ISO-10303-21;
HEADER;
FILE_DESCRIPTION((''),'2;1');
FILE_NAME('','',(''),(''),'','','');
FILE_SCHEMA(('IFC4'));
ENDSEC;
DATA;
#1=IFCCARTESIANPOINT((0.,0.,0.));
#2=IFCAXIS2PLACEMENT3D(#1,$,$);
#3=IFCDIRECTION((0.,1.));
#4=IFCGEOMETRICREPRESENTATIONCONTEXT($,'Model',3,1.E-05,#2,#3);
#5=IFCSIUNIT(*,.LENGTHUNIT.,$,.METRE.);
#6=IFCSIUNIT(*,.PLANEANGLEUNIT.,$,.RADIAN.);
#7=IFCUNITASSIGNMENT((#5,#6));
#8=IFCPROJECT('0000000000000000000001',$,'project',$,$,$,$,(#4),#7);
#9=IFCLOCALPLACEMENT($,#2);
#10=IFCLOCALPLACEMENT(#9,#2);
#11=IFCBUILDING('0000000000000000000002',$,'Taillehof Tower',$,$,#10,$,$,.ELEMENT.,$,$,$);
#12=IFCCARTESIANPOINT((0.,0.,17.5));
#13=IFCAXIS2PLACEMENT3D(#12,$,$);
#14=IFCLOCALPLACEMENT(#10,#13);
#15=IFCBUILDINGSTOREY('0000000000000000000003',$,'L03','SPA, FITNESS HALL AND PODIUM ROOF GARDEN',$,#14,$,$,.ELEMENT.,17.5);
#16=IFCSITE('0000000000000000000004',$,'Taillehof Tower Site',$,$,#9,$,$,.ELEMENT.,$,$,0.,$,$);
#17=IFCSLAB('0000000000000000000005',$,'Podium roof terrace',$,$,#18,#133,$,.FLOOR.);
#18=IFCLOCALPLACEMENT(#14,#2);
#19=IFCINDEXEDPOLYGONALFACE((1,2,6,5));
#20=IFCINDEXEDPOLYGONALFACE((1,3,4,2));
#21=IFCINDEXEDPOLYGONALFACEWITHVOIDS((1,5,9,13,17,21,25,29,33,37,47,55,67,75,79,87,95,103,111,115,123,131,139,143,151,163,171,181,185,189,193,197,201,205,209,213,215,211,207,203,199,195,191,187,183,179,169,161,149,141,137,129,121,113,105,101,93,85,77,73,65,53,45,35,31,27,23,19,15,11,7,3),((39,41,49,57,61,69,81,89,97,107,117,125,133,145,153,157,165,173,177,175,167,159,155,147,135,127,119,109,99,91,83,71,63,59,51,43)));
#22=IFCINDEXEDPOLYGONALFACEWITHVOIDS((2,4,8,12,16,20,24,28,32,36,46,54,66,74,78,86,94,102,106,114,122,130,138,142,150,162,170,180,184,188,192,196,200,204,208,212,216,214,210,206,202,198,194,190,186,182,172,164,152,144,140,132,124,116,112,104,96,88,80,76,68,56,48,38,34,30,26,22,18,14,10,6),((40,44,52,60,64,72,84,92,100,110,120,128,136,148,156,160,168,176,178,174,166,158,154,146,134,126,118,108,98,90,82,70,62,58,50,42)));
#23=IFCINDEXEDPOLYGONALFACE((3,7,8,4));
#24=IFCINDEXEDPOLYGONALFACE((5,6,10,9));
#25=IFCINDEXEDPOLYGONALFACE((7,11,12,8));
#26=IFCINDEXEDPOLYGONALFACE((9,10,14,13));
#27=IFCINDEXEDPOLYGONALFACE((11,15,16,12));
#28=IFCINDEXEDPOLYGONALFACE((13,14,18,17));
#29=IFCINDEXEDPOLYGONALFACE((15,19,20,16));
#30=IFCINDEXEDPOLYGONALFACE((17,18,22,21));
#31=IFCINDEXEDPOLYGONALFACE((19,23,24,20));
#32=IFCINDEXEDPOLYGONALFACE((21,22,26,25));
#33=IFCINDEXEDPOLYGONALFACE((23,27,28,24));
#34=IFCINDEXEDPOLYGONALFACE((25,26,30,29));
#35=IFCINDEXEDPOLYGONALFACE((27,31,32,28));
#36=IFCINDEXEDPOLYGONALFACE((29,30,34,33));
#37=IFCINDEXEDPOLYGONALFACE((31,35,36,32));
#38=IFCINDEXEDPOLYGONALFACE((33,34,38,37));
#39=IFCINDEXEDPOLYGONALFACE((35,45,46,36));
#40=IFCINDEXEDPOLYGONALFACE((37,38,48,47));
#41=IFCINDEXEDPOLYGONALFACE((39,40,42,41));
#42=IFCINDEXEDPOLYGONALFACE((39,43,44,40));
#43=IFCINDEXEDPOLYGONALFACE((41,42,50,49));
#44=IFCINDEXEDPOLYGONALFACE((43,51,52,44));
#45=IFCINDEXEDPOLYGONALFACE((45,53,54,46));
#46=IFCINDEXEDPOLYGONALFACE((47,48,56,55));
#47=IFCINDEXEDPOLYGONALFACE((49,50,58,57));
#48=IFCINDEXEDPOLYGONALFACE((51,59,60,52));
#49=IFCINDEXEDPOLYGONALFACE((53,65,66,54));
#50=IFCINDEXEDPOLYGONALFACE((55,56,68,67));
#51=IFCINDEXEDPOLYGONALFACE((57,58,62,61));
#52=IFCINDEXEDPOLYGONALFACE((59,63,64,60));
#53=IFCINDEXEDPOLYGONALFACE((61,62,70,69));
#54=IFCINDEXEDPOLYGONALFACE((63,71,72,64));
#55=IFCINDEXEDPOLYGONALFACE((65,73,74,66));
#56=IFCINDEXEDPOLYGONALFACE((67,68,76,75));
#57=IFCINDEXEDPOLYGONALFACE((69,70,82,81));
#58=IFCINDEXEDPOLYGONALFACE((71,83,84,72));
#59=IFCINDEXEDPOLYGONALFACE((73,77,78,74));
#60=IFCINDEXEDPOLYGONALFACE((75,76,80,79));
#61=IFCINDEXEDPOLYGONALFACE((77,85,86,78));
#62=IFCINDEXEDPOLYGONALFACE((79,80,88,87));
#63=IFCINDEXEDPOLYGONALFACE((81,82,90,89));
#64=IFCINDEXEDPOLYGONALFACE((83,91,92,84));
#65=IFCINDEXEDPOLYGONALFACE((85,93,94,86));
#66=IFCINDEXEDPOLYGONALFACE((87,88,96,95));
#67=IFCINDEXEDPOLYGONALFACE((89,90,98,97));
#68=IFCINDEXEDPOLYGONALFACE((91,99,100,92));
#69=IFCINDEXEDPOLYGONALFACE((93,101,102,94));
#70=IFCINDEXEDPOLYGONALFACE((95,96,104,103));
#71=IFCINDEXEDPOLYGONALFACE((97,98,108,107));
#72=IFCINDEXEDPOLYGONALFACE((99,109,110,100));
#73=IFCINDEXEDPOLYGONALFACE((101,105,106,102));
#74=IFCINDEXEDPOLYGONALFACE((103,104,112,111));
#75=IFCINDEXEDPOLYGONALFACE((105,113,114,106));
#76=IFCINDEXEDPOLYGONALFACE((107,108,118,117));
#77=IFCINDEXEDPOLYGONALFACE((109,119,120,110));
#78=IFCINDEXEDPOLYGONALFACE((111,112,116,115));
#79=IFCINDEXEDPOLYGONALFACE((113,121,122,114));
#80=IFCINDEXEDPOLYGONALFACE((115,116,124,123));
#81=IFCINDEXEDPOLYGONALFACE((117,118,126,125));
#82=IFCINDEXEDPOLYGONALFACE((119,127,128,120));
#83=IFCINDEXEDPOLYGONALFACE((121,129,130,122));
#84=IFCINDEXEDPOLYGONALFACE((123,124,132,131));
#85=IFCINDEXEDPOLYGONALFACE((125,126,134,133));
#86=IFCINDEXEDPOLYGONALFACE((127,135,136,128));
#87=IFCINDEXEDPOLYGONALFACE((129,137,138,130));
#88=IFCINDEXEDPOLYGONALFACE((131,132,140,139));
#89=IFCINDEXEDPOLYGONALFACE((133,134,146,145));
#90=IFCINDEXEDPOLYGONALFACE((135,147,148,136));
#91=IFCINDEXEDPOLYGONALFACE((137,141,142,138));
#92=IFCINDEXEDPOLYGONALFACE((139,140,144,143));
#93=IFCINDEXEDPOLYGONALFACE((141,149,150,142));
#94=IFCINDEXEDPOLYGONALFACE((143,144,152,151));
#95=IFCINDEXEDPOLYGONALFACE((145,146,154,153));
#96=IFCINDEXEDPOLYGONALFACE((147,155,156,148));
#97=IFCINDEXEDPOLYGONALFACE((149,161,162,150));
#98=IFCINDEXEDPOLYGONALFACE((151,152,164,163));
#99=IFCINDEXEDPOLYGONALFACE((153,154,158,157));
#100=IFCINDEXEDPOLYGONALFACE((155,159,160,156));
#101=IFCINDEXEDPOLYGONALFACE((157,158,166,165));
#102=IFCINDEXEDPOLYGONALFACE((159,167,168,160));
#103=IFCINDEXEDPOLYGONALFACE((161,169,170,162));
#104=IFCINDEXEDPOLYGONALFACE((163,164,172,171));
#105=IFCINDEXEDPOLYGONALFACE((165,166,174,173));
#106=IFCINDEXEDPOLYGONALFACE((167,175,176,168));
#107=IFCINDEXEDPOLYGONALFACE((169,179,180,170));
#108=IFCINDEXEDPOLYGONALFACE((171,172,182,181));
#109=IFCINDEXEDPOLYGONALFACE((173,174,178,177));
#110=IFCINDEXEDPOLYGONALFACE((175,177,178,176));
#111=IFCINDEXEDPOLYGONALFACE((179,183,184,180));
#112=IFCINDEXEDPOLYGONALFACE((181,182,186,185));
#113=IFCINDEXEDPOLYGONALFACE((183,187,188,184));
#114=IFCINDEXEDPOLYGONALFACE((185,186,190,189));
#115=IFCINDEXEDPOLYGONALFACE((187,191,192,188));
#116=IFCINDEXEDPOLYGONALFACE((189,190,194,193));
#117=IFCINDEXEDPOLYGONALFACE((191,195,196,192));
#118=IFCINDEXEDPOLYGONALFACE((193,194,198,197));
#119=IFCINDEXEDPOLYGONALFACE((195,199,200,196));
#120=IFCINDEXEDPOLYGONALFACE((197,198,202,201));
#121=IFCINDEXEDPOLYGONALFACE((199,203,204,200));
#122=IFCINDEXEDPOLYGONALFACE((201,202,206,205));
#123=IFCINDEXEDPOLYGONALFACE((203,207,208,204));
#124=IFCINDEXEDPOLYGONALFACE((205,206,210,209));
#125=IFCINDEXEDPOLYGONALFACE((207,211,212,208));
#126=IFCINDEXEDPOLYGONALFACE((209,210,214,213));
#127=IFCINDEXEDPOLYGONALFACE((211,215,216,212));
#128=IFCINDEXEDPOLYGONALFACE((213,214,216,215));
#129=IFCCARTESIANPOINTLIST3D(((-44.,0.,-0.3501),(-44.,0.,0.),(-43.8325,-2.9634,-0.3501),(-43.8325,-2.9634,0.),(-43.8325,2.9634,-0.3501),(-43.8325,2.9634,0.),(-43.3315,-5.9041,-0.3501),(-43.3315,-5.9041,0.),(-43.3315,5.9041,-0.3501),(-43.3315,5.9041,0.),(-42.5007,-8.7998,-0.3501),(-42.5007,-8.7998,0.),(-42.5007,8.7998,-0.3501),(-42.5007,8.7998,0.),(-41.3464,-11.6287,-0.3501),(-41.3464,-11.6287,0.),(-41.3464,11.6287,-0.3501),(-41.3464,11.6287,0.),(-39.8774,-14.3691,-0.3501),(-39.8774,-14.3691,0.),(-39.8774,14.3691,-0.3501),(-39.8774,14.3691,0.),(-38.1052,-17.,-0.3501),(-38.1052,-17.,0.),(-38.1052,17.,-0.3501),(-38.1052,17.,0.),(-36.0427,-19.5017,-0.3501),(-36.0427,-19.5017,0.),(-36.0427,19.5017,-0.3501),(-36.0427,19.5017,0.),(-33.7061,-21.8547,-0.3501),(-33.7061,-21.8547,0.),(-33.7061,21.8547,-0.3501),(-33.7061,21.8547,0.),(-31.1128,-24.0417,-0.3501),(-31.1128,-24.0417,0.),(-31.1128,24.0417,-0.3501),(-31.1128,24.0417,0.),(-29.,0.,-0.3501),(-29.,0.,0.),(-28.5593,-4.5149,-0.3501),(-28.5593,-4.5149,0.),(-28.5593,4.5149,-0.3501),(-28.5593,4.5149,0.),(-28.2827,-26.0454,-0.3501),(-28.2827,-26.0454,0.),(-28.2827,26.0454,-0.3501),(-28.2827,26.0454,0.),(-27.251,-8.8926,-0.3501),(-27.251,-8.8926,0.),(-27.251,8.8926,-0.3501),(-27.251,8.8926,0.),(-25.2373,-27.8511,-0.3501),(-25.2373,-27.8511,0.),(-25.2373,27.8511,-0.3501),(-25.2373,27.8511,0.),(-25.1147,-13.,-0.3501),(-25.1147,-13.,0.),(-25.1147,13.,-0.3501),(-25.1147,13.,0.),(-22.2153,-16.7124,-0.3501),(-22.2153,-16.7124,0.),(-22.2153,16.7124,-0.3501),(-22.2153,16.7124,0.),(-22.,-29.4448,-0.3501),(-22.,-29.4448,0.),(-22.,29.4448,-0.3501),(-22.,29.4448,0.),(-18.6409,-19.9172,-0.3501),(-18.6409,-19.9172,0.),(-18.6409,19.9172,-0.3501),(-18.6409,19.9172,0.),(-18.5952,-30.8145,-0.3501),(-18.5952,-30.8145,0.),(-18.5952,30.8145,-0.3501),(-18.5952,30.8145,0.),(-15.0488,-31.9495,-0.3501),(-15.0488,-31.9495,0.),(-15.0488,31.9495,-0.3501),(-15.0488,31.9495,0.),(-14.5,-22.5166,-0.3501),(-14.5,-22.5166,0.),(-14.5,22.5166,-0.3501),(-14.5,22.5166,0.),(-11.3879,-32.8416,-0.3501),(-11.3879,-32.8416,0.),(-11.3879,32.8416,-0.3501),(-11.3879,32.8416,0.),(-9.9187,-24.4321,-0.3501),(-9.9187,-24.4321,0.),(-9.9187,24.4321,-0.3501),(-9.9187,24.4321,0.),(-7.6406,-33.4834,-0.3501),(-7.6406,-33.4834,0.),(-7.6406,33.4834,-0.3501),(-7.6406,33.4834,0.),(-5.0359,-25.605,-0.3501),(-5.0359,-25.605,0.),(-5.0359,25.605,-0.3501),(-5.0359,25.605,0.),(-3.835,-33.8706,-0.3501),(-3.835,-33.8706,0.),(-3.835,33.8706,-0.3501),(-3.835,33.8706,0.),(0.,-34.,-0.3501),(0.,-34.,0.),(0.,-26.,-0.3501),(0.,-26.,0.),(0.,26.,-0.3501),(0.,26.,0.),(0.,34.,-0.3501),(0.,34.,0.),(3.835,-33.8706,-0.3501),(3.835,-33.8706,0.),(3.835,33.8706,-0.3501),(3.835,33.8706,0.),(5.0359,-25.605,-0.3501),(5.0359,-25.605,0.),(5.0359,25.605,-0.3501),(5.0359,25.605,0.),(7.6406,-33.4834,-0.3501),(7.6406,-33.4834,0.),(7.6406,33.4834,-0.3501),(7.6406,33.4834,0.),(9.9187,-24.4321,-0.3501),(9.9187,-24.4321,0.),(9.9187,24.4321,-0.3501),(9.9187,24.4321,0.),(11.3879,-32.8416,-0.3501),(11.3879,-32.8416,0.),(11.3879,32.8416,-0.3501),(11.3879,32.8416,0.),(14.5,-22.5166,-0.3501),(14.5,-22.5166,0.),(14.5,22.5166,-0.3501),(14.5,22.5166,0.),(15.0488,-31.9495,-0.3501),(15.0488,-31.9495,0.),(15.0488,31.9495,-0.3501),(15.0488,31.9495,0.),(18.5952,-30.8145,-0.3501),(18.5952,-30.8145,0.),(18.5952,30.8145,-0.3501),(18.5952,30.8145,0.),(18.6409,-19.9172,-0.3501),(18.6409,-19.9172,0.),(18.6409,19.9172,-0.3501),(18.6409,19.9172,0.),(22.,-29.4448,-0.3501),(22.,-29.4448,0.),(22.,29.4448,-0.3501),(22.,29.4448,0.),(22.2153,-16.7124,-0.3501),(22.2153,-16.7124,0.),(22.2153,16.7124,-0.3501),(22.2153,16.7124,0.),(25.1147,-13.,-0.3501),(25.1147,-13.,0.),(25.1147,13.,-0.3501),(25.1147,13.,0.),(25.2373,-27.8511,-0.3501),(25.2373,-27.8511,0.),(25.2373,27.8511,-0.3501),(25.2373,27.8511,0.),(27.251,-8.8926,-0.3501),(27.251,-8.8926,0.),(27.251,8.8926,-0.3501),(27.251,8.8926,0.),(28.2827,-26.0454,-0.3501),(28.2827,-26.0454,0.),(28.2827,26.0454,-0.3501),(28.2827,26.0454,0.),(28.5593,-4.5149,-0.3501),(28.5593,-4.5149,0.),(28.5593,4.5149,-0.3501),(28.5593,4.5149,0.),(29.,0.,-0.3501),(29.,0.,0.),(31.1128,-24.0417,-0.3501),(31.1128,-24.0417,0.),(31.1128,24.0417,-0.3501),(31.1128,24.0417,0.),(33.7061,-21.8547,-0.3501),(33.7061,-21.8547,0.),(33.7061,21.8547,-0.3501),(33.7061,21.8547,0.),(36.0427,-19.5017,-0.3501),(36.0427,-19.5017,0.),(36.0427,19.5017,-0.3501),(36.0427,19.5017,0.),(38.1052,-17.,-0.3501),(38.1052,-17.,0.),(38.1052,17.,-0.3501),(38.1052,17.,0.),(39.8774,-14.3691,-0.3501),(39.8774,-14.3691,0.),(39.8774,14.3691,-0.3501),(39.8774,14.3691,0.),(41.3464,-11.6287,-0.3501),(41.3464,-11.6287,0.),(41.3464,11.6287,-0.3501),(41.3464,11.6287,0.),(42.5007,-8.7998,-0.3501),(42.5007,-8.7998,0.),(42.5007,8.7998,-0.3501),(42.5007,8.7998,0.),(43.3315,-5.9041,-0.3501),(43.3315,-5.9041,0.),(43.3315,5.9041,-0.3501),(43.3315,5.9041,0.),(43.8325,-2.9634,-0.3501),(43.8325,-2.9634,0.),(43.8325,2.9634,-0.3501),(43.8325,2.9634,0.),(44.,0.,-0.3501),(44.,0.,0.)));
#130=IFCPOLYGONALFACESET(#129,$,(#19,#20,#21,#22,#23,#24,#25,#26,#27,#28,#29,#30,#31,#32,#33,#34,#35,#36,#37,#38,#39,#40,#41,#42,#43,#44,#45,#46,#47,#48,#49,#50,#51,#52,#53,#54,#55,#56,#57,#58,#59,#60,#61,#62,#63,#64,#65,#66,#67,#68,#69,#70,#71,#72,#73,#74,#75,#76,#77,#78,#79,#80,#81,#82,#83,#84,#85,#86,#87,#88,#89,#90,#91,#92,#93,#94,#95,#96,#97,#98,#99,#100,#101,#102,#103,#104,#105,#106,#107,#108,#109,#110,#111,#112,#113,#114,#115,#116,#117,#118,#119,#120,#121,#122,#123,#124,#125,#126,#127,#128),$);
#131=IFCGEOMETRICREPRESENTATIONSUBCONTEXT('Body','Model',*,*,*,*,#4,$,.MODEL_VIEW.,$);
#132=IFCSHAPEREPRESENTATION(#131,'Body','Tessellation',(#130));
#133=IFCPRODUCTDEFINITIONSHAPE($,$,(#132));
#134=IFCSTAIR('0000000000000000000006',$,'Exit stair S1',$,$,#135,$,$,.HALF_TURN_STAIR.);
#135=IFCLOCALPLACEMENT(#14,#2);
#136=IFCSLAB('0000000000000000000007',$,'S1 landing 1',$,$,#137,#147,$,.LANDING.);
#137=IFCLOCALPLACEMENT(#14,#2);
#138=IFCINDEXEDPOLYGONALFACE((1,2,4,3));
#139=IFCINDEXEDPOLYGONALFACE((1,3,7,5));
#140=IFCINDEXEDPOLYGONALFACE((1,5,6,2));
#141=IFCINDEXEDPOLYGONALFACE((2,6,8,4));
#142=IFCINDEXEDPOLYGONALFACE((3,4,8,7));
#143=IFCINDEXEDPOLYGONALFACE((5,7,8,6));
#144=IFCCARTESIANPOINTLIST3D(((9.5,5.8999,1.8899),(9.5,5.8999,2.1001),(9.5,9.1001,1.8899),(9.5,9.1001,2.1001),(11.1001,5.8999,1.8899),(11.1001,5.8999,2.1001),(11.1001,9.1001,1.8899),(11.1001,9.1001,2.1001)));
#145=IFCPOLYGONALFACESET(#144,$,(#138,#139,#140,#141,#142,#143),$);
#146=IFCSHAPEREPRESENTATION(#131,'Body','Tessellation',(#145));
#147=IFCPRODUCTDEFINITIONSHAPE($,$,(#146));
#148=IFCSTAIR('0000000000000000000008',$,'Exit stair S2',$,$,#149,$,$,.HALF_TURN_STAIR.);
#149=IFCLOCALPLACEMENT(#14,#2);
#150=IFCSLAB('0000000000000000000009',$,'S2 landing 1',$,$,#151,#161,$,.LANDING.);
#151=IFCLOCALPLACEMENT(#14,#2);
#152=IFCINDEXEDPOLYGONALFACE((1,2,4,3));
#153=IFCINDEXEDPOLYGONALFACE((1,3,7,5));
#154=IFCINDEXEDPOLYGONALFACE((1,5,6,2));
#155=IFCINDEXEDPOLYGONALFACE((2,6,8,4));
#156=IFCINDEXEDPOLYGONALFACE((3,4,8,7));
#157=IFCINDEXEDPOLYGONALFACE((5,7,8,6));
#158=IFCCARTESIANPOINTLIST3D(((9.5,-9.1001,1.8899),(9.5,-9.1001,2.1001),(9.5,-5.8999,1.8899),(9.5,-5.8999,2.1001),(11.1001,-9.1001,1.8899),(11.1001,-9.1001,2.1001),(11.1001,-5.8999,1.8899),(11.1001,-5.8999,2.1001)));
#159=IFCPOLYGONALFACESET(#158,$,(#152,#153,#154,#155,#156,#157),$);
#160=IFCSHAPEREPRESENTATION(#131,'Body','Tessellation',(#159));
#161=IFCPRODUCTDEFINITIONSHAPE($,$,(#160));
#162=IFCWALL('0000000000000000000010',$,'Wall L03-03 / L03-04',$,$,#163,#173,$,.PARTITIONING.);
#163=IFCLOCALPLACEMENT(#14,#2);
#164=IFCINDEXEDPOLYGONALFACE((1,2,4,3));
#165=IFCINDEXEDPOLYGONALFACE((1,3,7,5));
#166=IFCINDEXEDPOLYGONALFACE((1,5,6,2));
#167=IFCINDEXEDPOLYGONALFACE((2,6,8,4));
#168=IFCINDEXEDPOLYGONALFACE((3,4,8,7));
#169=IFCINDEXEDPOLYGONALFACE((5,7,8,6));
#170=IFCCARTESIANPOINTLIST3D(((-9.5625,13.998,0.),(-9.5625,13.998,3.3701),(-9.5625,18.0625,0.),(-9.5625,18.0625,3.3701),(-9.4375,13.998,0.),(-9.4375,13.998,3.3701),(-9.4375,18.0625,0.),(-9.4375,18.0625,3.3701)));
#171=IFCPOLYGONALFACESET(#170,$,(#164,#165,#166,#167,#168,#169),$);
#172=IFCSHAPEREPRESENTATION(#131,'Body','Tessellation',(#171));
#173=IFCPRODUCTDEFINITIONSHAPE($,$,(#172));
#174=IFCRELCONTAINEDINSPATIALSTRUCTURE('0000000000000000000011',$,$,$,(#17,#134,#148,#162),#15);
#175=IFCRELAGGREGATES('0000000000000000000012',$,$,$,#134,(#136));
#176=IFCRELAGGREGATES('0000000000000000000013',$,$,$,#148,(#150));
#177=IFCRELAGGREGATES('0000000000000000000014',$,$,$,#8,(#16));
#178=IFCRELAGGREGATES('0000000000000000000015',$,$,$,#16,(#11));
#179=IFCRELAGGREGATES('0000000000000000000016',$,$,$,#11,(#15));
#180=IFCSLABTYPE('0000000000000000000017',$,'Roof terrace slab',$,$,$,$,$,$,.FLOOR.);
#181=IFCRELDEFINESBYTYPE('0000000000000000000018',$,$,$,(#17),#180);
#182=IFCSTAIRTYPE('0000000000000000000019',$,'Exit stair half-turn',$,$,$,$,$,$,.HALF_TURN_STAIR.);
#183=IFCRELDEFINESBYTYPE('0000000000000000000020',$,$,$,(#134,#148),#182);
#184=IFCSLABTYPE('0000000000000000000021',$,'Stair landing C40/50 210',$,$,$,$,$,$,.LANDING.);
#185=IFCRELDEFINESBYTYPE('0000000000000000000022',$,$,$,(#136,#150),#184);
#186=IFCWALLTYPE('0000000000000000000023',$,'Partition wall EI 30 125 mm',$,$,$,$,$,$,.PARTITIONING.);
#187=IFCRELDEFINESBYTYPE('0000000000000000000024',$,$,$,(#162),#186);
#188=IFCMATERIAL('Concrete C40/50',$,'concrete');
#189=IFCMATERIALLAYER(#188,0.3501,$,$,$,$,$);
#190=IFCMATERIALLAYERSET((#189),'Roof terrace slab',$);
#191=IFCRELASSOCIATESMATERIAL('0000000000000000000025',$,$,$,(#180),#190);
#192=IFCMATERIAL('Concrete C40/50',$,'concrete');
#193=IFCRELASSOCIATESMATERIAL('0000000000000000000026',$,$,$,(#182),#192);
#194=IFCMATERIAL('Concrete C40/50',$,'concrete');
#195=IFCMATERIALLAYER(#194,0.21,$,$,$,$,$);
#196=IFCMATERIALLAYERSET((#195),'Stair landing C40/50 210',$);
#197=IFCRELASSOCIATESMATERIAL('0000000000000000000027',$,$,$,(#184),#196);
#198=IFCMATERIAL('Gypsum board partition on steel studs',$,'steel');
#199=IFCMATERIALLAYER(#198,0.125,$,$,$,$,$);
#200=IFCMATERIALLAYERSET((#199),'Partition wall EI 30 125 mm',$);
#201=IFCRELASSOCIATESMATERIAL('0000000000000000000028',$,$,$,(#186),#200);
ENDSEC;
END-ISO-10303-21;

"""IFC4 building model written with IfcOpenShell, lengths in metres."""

from ifc_helpers import new_model, si_unit, direction, frame, frame_2d, origin, place, context, subcontext, project, spatial, polyline, rectangle, outline, extrude, material, layer, layer_set, type_object, element, aggregate, save


model = new_model("IFC4")

# Units and contexts
model_context = context("Model", 3, precision=1e-05, world=origin(), true_north=direction((0.0, 1.0)))
body_context = subcontext(model_context, "Body", "Model", "MODEL_VIEW")
ifc_project = project(units=[si_unit("LENGTHUNIT", "METRE"), si_unit("PLANEANGLEUNIT", "RADIAN")], contexts=[model_context])

# Site, building, storey
site_placement = place(None, origin())
site = spatial("IfcSite", under=ifc_project, at=site_placement, Name="Taillehof Tower Site", CompositionType="ELEMENT", RefElevation=0.0)
building_placement = place(site_placement, origin())
building = spatial("IfcBuilding", under=site, at=building_placement, Name="Taillehof Tower", CompositionType="ELEMENT")
storey_placement = place(building_placement, frame((0.0, 0.0, 17.5)))
storey = spatial("IfcBuildingStorey", under=building, at=storey_placement, Name="L03", Description="SPA, FITNESS HALL AND PODIUM ROOF GARDEN", CompositionType="ELEMENT", Elevation=17.5)

# Slab
ifc_material_1 = material(Name="Concrete C40/50", Category="concrete")
ifc_layer_1 = layer(ifc_material_1, 0.3501)
ifc_layer_set_1 = layer_set([ifc_layer_1], Name="Roof terrace slab")
slab_type_1 = type_object("IfcSlabType", Name="Roof terrace slab", PredefinedType="FLOOR", material=ifc_layer_set_1)
slab_1_placement = place(storey_placement, frame((0.0, 0.0, -0.3501)))
element("IfcSlab", 1, at=slab_1_placement, inside=storey, type_object=slab_type_1, Name="Podium roof terrace", PredefinedType="FLOOR", context=body_context, shape_type="SweptSolid", body=[
    extrude(outline(polyline([(44.0, 0.0), (43.8325, 2.9634), (43.3315, 5.9041), (42.5007, 8.7998), (41.3464, 11.6287), (39.8774, 14.3691), (38.1052, 17.0), (36.0427, 19.5017), (33.7061, 21.8547), (31.1128, 24.0417), (28.2827, 26.0454), (25.2373, 27.8511), (22.0, 29.4448), (18.5952, 30.8145), (15.0488, 31.9495), (11.3879, 32.8416), (7.6406, 33.4834), (3.835, 33.8706), (0.0, 34.0), (-3.835, 33.8706), (-7.6406, 33.4834), (-11.3879, 32.8416), (-15.0488, 31.9495), (-18.5952, 30.8145), (-22.0, 29.4448), (-25.2373, 27.8511), (-28.2827, 26.0454), (-31.1128, 24.0417), (-33.7061, 21.8547), (-36.0427, 19.5017), (-38.1052, 17.0), (-39.8774, 14.3691), (-41.3464, 11.6287), (-42.5007, 8.7998), (-43.3315, 5.9041), (-43.8325, 2.9634), (-44.0, 0.0), (-43.8325, -2.9634), (-43.3315, -5.9041), (-42.5007, -8.7998), (-41.3464, -11.6287), (-39.8774, -14.3691), (-38.1052, -17.0), (-36.0427, -19.5017), (-33.7061, -21.8547), (-31.1128, -24.0417), (-28.2827, -26.0454), (-25.2373, -27.8511), (-22.0, -29.4448), (-18.5952, -30.8145), (-15.0488, -31.9495), (-11.3879, -32.8416), (-7.6406, -33.4834), (-3.835, -33.8706), (0.0, -34.0), (3.835, -33.8706), (7.6406, -33.4834), (11.3879, -32.8416), (15.0488, -31.9495), (18.5952, -30.8145), (22.0, -29.4448), (25.2373, -27.8511), (28.2827, -26.0454), (31.1128, -24.0417), (33.7061, -21.8547), (36.0427, -19.5017), (38.1052, -17.0), (39.8774, -14.3691), (41.3464, -11.6287), (42.5007, -8.7998), (43.3315, -5.9041), (43.8325, -2.9634), (44.0, 0.0)]), holes=[polyline([(29.0, 0.0), (28.5593, 4.5149), (27.251, 8.8926), (25.1147, 13.0), (22.2153, 16.7124), (18.6409, 19.9172), (14.5, 22.5166), (9.9187, 24.4321), (5.0359, 25.605), (0.0, 26.0), (-5.0359, 25.605), (-9.9187, 24.4321), (-14.5, 22.5166), (-18.6409, 19.9172), (-22.2153, 16.7124), (-25.1147, 13.0), (-27.251, 8.8926), (-28.5593, 4.5149), (-29.0, 0.0), (-28.5593, -4.5149), (-27.251, -8.8926), (-25.1147, -13.0), (-22.2153, -16.7124), (-18.6409, -19.9172), (-14.5, -22.5166), (-9.9187, -24.4321), (-5.0359, -25.605), (0.0, -26.0), (5.0359, -25.605), (9.9187, -24.4321), (14.5, -22.5166), (18.6409, -19.9172), (22.2153, -16.7124), (25.1147, -13.0), (27.251, -8.8926), (28.5593, -4.5149), (29.0, 0.0)])]), origin(), (0.0, 0.0, 1.0), 0.3501),
])

# Stairs, slabs
ifc_material_2 = material(Name="Concrete C40/50", Category="concrete")
stair_type = type_object("IfcStairType", Name="Exit stair half-turn", PredefinedType="HALF_TURN_STAIR", material=ifc_material_2)
stair_1_placement = place(storey_placement, origin())
stair_1 = element("IfcStair", 2, at=stair_1_placement, inside=storey, type_object=stair_type, Name="Exit stair S1", PredefinedType="HALF_TURN_STAIR")
ifc_material_3 = material(Name="Concrete C40/50", Category="concrete")
ifc_layer_2 = layer(ifc_material_3, 0.21)
ifc_layer_set_2 = layer_set([ifc_layer_2], Name="Stair landing C40/50 210")
slab_type_2 = type_object("IfcSlabType", Name="Stair landing C40/50 210", PredefinedType="LANDING", material=ifc_layer_set_2)
slab_2_placement = place(storey_placement, frame((0.0, 0.0, 1.8899)))
slab_2 = element("IfcSlab", 3, at=slab_2_placement, type_object=slab_type_2, Name="S1 landing 1", PredefinedType="LANDING", context=body_context, shape_type="SweptSolid", body=[
    extrude(outline(polyline([(9.5, 5.8999), (11.1001, 5.8999), (11.1001, 9.1001), (9.5, 9.1001), (9.5, 5.8999)])), origin(), (0.0, 0.0, 1.0), 0.2102),
])
aggregate(stair_1, [slab_2])
stair_2_placement = place(storey_placement, origin())
stair_2 = element("IfcStair", 4, at=stair_2_placement, inside=storey, type_object=stair_type, Name="Exit stair S2", PredefinedType="HALF_TURN_STAIR")
slab_3_placement = place(storey_placement, frame((0.0, 0.0, 1.8899)))
slab_3 = element("IfcSlab", 5, at=slab_3_placement, type_object=slab_type_2, Name="S2 landing 1", PredefinedType="LANDING", context=body_context, shape_type="SweptSolid", body=[
    extrude(outline(polyline([(9.5, -5.8999), (11.1001, -5.8999), (11.1001, -9.1001), (9.5, -9.1001), (9.5, -5.8999)])), origin(), (0.0, 0.0, 1.0), 0.2102),
])
aggregate(stair_2, [slab_3])

# Wall
ifc_material_4 = material(Name="Gypsum board partition on steel studs", Category="steel")
ifc_layer_3 = layer(ifc_material_4, 0.125)
ifc_layer_set_3 = layer_set([ifc_layer_3], Name="Partition wall EI 30 125 mm")
wall_type_1 = type_object("IfcWallType", Name="Partition wall EI 30 125 mm", PredefinedType="PARTITIONING", material=ifc_layer_set_3)
wall_1_placement = place(storey_placement, frame((-9.5, 13.998, 0.0), z_axis=(0.0, 0.0, 1.0), x_axis=(0.0, 1.0, 0.0)))
element("IfcWall", 6, at=wall_1_placement, inside=storey, type_object=wall_type_1, Name="Wall L03-03 / L03-04", PredefinedType="PARTITIONING", context=body_context, shape_type="SweptSolid", body=[
    extrude(rectangle(XDim=4.0645, YDim=0.125, at=frame_2d((2.0322, 0.0))), origin(), (0.0, 0.0, 1.0), 3.3701),
])

save(model, "model.ifc")
